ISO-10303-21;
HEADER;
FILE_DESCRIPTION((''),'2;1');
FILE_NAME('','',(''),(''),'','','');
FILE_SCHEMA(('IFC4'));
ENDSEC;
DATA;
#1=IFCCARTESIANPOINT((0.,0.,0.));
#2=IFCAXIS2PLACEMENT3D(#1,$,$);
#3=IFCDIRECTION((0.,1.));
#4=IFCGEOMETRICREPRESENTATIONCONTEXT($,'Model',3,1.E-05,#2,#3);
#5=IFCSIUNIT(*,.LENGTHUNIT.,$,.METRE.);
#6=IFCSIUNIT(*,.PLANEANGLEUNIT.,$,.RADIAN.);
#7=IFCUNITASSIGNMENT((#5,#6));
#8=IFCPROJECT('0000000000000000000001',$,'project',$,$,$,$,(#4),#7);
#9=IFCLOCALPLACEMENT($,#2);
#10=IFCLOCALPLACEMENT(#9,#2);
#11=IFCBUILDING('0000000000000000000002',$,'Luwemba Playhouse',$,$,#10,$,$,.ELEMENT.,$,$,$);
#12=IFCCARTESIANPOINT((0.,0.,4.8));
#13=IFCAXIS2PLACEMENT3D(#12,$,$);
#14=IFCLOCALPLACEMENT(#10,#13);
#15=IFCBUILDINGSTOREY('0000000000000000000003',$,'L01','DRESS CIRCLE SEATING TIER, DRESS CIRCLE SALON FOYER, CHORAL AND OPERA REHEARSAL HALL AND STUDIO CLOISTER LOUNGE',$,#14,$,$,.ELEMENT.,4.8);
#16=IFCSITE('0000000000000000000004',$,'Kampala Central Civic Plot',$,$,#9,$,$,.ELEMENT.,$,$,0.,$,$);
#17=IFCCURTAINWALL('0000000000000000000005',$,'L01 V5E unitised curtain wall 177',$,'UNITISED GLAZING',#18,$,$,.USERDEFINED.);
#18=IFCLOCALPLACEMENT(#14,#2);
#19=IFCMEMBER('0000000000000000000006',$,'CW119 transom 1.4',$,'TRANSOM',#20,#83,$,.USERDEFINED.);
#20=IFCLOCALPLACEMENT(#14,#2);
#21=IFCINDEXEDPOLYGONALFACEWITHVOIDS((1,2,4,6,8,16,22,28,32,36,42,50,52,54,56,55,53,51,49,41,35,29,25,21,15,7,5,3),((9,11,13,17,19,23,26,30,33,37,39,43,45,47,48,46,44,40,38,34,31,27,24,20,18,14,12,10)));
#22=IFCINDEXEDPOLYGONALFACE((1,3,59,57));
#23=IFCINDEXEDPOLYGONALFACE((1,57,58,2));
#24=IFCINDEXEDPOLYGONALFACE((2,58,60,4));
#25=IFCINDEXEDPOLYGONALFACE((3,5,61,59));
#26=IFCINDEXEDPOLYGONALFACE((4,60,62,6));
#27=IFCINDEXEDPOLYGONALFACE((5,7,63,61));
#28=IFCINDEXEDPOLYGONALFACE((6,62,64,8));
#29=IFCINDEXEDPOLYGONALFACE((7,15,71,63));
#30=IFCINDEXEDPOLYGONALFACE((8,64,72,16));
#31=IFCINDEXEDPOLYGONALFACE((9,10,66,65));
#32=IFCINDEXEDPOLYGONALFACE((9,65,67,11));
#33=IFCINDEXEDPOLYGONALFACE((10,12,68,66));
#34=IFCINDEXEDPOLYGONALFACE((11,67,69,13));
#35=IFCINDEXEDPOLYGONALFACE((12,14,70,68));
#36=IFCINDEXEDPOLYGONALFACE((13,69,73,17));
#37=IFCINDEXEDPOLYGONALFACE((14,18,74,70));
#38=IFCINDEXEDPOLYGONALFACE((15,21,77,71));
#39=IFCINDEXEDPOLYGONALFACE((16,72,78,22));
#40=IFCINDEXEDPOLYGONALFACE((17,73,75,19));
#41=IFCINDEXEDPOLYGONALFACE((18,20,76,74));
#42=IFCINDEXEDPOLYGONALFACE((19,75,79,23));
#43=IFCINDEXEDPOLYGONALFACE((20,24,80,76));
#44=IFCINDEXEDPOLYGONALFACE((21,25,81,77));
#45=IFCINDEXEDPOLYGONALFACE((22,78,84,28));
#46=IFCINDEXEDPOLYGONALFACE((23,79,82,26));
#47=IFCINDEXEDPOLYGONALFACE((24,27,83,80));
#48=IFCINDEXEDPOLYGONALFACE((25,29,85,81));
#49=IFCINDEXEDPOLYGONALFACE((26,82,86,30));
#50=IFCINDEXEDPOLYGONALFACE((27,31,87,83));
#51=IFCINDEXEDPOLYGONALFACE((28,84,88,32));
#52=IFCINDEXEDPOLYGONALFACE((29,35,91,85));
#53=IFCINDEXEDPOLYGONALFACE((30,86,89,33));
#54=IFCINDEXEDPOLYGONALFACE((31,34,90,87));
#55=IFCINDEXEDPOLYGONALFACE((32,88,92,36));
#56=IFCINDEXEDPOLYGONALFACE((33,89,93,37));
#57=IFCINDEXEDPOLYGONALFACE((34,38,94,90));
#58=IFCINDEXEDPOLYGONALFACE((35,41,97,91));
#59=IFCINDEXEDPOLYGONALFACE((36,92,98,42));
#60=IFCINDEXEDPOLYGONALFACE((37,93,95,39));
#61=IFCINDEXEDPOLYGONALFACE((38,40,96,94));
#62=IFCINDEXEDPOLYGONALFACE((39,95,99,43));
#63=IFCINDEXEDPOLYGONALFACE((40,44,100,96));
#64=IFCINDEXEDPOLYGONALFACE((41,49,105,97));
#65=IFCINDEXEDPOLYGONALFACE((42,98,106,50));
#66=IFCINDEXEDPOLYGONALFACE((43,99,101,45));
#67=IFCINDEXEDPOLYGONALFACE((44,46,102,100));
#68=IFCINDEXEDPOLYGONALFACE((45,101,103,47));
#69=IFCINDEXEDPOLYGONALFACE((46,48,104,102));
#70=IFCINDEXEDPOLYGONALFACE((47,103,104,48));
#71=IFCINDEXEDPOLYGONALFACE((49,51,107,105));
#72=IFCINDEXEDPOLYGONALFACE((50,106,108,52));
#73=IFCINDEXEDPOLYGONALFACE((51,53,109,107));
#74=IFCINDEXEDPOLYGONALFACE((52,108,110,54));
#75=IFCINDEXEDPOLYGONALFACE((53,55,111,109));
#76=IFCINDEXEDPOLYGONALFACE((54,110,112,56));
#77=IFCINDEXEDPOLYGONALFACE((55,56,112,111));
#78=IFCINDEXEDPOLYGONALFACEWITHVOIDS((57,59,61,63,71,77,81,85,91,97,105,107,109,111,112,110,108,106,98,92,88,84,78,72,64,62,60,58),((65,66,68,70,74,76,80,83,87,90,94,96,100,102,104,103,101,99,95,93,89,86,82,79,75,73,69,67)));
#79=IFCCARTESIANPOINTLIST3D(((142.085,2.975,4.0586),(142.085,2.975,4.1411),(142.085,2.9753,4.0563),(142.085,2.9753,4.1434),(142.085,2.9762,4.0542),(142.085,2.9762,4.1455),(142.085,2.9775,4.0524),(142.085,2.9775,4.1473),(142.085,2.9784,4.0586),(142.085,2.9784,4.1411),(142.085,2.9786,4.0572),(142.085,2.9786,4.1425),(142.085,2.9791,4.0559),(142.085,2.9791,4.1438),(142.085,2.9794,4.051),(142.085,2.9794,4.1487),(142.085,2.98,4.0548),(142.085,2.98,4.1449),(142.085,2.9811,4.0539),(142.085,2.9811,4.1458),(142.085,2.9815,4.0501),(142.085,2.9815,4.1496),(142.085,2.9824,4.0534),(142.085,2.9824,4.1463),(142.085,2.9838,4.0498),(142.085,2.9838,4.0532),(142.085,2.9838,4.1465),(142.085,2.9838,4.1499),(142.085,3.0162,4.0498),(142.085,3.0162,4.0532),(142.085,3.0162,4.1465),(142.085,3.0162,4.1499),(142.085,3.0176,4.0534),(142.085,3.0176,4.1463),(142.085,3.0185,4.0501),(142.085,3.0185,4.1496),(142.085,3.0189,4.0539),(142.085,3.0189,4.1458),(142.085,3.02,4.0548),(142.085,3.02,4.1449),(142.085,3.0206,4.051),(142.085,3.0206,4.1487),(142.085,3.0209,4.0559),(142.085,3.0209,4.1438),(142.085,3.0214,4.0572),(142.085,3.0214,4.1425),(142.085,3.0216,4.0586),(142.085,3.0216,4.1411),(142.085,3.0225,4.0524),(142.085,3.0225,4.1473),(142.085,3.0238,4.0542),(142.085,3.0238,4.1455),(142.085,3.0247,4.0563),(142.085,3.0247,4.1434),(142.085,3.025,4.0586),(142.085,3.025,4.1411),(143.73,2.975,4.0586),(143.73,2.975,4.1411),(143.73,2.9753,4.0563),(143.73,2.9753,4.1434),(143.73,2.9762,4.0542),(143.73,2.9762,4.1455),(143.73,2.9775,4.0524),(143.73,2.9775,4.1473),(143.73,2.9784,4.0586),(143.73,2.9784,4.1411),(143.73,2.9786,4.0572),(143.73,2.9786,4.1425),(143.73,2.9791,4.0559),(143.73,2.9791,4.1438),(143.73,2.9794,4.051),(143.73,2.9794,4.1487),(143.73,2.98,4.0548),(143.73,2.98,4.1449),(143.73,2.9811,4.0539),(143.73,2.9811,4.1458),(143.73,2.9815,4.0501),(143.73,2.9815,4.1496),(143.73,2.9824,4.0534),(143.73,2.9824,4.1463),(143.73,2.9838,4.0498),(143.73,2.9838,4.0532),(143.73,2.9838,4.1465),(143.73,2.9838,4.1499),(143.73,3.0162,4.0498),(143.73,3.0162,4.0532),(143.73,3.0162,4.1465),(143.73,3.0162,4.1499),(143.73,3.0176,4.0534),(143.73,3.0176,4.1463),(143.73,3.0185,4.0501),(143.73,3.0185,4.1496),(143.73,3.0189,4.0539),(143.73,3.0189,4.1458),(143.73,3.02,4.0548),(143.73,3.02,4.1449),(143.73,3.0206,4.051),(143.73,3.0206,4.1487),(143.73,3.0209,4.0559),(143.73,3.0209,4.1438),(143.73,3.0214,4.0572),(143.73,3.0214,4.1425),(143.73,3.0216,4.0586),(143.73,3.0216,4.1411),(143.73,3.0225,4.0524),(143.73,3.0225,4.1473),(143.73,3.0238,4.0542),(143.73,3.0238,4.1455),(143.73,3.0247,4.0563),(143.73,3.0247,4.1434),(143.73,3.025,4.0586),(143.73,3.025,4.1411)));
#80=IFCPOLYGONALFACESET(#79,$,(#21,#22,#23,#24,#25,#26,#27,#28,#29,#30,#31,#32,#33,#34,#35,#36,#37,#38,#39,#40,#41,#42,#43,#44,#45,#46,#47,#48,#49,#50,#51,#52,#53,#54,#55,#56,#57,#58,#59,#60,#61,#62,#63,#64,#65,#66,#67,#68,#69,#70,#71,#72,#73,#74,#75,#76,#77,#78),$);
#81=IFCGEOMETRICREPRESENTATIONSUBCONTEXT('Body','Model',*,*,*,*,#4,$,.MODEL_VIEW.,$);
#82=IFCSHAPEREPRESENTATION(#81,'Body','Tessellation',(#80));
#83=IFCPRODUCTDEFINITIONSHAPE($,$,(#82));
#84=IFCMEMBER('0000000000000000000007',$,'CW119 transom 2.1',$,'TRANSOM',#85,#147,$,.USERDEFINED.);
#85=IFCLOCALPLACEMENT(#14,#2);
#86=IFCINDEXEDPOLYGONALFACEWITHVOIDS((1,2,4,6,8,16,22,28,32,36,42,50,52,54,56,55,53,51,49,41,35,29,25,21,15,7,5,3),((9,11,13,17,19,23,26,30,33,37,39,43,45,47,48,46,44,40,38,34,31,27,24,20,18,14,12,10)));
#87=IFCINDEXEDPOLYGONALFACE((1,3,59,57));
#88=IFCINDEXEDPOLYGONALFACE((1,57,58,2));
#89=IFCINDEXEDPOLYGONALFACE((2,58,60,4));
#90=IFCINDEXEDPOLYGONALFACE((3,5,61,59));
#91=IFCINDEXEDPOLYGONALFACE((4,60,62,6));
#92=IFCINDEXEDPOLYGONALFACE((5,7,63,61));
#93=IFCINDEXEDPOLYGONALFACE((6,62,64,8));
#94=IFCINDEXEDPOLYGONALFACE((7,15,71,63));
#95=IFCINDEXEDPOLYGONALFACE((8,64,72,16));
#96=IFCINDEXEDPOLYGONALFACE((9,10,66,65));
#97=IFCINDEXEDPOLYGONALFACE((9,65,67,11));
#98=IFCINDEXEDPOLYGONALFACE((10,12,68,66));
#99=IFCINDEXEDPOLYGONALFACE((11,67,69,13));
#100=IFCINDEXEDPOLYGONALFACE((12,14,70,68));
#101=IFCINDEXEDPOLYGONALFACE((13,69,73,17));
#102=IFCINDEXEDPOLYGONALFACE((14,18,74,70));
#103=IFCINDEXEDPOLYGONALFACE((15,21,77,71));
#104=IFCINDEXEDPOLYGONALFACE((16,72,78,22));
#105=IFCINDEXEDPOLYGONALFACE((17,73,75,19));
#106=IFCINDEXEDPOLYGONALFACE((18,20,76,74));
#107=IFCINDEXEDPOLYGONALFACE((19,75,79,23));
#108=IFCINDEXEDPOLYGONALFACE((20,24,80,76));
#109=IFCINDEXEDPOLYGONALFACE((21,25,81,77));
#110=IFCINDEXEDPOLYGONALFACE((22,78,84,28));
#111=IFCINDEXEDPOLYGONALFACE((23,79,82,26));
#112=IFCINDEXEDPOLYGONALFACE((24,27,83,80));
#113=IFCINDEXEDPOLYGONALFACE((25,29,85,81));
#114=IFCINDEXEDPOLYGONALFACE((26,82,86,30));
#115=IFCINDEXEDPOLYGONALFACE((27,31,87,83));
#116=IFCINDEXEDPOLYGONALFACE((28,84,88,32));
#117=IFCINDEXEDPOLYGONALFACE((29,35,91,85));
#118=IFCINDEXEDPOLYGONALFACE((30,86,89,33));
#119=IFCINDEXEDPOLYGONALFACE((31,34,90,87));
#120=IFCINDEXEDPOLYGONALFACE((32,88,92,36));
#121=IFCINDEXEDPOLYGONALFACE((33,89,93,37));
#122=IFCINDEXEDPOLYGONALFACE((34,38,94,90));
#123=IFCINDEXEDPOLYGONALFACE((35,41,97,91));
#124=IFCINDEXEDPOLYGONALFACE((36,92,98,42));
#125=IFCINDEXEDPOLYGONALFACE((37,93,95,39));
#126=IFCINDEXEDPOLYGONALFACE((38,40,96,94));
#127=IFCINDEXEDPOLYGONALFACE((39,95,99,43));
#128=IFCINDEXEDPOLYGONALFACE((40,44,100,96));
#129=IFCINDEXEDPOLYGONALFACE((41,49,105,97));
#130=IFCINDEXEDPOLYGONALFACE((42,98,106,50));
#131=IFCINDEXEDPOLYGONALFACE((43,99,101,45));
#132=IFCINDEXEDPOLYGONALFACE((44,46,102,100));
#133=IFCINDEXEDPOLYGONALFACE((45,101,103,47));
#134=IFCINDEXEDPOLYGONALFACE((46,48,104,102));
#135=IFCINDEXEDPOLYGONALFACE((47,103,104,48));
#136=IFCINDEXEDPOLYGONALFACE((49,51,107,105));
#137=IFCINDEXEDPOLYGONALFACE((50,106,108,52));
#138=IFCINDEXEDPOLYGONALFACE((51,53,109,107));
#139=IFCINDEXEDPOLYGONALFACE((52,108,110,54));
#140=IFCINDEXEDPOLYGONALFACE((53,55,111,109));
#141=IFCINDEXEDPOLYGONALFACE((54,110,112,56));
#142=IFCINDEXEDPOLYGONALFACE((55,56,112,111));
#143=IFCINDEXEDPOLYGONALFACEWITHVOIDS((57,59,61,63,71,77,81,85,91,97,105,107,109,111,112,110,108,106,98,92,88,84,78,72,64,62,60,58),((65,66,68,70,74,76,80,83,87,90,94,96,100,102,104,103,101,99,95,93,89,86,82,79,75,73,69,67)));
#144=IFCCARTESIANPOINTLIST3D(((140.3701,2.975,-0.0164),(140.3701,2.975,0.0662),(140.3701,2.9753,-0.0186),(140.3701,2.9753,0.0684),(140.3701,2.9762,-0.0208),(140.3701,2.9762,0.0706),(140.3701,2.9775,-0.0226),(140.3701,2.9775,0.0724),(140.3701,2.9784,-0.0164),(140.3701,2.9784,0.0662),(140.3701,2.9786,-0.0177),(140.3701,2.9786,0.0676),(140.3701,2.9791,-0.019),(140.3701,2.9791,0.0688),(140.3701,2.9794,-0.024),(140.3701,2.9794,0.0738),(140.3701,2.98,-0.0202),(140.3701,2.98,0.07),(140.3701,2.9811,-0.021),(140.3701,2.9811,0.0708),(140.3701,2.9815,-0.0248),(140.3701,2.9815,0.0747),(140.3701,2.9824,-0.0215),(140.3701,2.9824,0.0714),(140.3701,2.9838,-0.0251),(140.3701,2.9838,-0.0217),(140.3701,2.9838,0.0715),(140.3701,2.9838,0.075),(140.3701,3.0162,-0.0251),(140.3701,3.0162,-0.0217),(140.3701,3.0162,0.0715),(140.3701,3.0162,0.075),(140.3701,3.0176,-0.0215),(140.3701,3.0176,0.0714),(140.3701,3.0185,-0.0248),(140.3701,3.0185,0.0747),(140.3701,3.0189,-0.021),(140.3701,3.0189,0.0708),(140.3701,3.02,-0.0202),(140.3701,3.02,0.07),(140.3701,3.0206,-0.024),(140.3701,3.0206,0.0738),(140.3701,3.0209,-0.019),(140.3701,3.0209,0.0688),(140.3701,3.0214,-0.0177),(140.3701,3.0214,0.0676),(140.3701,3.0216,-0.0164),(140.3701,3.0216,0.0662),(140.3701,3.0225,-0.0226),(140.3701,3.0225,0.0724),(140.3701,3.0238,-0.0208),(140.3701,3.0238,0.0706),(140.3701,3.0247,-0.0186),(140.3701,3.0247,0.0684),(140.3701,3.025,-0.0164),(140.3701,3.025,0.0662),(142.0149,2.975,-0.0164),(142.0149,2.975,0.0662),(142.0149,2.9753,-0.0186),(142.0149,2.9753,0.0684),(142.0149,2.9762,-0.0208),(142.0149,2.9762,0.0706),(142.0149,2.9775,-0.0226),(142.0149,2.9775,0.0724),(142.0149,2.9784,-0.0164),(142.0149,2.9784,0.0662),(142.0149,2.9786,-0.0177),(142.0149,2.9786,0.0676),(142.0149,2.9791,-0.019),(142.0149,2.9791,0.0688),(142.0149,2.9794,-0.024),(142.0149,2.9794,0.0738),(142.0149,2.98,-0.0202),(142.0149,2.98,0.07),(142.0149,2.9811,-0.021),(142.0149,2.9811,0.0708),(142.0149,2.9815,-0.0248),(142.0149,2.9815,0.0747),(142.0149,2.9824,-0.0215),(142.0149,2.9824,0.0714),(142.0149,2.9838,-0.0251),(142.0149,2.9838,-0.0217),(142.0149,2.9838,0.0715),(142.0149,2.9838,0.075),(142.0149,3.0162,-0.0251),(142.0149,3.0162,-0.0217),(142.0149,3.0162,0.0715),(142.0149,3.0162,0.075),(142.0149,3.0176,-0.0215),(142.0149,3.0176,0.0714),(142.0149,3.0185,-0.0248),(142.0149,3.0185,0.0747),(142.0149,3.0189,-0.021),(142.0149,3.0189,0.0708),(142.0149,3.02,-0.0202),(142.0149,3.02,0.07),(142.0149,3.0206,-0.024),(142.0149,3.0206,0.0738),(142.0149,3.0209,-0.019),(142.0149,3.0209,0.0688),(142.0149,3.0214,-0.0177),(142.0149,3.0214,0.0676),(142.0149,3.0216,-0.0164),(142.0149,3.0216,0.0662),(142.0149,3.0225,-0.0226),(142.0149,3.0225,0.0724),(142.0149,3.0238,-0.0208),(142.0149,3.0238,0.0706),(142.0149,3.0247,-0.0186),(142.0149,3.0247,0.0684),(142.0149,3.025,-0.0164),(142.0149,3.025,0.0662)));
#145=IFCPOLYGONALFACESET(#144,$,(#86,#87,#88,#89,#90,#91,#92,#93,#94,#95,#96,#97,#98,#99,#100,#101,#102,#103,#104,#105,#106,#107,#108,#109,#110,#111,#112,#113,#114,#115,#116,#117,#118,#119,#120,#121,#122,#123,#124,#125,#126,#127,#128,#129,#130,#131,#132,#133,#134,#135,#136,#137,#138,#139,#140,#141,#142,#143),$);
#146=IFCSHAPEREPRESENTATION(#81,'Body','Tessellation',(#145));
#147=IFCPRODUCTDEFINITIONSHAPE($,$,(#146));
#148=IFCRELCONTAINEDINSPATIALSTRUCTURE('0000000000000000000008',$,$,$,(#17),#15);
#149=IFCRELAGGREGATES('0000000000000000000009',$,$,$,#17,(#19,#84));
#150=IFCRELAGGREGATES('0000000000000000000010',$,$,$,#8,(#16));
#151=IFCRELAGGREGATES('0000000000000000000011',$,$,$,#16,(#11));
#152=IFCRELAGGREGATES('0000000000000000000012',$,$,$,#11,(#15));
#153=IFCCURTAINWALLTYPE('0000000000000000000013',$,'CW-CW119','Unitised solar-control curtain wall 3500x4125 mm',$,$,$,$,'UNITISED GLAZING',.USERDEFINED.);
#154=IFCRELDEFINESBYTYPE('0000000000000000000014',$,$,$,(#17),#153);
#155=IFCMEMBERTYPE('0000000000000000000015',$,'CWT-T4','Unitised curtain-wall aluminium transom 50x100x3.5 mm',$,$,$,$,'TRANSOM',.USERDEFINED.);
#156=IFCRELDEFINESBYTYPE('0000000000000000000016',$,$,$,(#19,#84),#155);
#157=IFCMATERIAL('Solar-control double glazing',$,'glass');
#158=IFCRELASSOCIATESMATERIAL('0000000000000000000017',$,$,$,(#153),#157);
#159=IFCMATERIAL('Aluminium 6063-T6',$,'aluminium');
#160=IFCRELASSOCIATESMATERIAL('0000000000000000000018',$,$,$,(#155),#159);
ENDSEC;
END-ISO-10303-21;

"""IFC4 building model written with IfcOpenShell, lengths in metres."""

from ifc_helpers import new_model, si_unit, direction, frame, origin, origin_2d, place, context, subcontext, project, spatial, hollow_rectangle, extrude, material, material_profile, profile_set, type_object, element, aggregate, save


model = new_model("IFC4")

# Units and contexts
model_context = context("Model", 3, precision=1e-05, world=origin(), true_north=direction((0.0, 1.0)))
body_context = subcontext(model_context, "Body", "Model", "MODEL_VIEW")
ifc_project = project(units=[si_unit("LENGTHUNIT", "METRE"), si_unit("PLANEANGLEUNIT", "RADIAN")], contexts=[model_context])

# Site, building, storey
site_placement = place(None, origin())
site = spatial("IfcSite", under=ifc_project, at=site_placement, Name="Kampala Central Civic Plot", CompositionType="ELEMENT", RefElevation=0.0)
building_placement = place(site_placement, origin())
building = spatial("IfcBuilding", under=site, at=building_placement, Name="Luwemba Playhouse", CompositionType="ELEMENT")
storey_placement = place(building_placement, frame((0.0, 0.0, 4.8)))
storey = spatial("IfcBuildingStorey", under=building, at=storey_placement, Name="L01", Description="DRESS CIRCLE SEATING TIER, DRESS CIRCLE SALON FOYER, CHORAL AND OPERA REHEARSAL HALL AND STUDIO CLOISTER LOUNGE", CompositionType="ELEMENT", Elevation=4.8)

# Shared definitions
ifc_material_1 = material(Name="Solar-control double glazing", Category="glass")
ifc_material_2 = material(Name="Aluminium 6063-T6", Category="aluminium")

# Curtain wall, members
curtain_wall_type_1 = type_object("IfcCurtainWallType", Name="CW-CW119", Description="Unitised solar-control curtain wall 3500x4125 mm", ElementType="UNITISED GLAZING", PredefinedType="USERDEFINED", material=ifc_material_1)
curtain_wall_1_placement = place(storey_placement, origin())
curtain_wall_1 = element("IfcCurtainWall", 1, at=curtain_wall_1_placement, inside=storey, type_object=curtain_wall_type_1, Name="L01 V5E unitised curtain wall 177", ObjectType="UNITISED GLAZING", PredefinedType="USERDEFINED")
ifc_material_profile_1 = material_profile(ifc_material_2, hollow_rectangle(XDim=0.05, YDim=0.1001, WallThickness=0.0034, InnerFilletRadius=0.0054, OuterFilletRadius=0.0088, at=origin_2d()))
ifc_profile_set_1 = profile_set([ifc_material_profile_1], Name="Aluminium 6063-T6")
member_type_1 = type_object("IfcMemberType", Name="CWT-T4", Description="Unitised curtain-wall aluminium transom 50x100x3.5 mm", ElementType="TRANSOM", PredefinedType="USERDEFINED", material=ifc_profile_set_1)
member_1_placement = place(storey_placement, frame((143.73, 3.0, 4.0999), z_axis=(-1.0, 0.0, 0.0), x_axis=(0.0, -1.0, 0.0)))
member_1 = element("IfcMember", 2, at=member_1_placement, type_object=member_type_1, Name="CW119 transom 1.4", ObjectType="TRANSOM", PredefinedType="USERDEFINED", context=body_context, shape_type="SweptSolid", body=[
    extrude(hollow_rectangle(XDim=0.05, YDim=0.1001, WallThickness=0.0034, InnerFilletRadius=0.0054, OuterFilletRadius=0.0088, at=origin_2d()), origin(), (0.0, 0.0, 1.0), 1.645),
])
member_2_placement = place(storey_placement, frame((142.0149, 3.0, 0.0249), z_axis=(-1.0, 0.0, 0.0), x_axis=(0.0, -1.0, 0.0)))
member_2 = element("IfcMember", 3, at=member_2_placement, type_object=member_type_1, Name="CW119 transom 2.1", ObjectType="TRANSOM", PredefinedType="USERDEFINED", context=body_context, shape_type="SweptSolid", body=[
    extrude(hollow_rectangle(XDim=0.05, YDim=0.1001, WallThickness=0.0034, InnerFilletRadius=0.0054, OuterFilletRadius=0.0088, at=origin_2d()), origin(), (0.0, 0.0, 1.0), 1.6448),
])

aggregate(curtain_wall_1, [member_1, member_2])

save(model, "model.ifc")
